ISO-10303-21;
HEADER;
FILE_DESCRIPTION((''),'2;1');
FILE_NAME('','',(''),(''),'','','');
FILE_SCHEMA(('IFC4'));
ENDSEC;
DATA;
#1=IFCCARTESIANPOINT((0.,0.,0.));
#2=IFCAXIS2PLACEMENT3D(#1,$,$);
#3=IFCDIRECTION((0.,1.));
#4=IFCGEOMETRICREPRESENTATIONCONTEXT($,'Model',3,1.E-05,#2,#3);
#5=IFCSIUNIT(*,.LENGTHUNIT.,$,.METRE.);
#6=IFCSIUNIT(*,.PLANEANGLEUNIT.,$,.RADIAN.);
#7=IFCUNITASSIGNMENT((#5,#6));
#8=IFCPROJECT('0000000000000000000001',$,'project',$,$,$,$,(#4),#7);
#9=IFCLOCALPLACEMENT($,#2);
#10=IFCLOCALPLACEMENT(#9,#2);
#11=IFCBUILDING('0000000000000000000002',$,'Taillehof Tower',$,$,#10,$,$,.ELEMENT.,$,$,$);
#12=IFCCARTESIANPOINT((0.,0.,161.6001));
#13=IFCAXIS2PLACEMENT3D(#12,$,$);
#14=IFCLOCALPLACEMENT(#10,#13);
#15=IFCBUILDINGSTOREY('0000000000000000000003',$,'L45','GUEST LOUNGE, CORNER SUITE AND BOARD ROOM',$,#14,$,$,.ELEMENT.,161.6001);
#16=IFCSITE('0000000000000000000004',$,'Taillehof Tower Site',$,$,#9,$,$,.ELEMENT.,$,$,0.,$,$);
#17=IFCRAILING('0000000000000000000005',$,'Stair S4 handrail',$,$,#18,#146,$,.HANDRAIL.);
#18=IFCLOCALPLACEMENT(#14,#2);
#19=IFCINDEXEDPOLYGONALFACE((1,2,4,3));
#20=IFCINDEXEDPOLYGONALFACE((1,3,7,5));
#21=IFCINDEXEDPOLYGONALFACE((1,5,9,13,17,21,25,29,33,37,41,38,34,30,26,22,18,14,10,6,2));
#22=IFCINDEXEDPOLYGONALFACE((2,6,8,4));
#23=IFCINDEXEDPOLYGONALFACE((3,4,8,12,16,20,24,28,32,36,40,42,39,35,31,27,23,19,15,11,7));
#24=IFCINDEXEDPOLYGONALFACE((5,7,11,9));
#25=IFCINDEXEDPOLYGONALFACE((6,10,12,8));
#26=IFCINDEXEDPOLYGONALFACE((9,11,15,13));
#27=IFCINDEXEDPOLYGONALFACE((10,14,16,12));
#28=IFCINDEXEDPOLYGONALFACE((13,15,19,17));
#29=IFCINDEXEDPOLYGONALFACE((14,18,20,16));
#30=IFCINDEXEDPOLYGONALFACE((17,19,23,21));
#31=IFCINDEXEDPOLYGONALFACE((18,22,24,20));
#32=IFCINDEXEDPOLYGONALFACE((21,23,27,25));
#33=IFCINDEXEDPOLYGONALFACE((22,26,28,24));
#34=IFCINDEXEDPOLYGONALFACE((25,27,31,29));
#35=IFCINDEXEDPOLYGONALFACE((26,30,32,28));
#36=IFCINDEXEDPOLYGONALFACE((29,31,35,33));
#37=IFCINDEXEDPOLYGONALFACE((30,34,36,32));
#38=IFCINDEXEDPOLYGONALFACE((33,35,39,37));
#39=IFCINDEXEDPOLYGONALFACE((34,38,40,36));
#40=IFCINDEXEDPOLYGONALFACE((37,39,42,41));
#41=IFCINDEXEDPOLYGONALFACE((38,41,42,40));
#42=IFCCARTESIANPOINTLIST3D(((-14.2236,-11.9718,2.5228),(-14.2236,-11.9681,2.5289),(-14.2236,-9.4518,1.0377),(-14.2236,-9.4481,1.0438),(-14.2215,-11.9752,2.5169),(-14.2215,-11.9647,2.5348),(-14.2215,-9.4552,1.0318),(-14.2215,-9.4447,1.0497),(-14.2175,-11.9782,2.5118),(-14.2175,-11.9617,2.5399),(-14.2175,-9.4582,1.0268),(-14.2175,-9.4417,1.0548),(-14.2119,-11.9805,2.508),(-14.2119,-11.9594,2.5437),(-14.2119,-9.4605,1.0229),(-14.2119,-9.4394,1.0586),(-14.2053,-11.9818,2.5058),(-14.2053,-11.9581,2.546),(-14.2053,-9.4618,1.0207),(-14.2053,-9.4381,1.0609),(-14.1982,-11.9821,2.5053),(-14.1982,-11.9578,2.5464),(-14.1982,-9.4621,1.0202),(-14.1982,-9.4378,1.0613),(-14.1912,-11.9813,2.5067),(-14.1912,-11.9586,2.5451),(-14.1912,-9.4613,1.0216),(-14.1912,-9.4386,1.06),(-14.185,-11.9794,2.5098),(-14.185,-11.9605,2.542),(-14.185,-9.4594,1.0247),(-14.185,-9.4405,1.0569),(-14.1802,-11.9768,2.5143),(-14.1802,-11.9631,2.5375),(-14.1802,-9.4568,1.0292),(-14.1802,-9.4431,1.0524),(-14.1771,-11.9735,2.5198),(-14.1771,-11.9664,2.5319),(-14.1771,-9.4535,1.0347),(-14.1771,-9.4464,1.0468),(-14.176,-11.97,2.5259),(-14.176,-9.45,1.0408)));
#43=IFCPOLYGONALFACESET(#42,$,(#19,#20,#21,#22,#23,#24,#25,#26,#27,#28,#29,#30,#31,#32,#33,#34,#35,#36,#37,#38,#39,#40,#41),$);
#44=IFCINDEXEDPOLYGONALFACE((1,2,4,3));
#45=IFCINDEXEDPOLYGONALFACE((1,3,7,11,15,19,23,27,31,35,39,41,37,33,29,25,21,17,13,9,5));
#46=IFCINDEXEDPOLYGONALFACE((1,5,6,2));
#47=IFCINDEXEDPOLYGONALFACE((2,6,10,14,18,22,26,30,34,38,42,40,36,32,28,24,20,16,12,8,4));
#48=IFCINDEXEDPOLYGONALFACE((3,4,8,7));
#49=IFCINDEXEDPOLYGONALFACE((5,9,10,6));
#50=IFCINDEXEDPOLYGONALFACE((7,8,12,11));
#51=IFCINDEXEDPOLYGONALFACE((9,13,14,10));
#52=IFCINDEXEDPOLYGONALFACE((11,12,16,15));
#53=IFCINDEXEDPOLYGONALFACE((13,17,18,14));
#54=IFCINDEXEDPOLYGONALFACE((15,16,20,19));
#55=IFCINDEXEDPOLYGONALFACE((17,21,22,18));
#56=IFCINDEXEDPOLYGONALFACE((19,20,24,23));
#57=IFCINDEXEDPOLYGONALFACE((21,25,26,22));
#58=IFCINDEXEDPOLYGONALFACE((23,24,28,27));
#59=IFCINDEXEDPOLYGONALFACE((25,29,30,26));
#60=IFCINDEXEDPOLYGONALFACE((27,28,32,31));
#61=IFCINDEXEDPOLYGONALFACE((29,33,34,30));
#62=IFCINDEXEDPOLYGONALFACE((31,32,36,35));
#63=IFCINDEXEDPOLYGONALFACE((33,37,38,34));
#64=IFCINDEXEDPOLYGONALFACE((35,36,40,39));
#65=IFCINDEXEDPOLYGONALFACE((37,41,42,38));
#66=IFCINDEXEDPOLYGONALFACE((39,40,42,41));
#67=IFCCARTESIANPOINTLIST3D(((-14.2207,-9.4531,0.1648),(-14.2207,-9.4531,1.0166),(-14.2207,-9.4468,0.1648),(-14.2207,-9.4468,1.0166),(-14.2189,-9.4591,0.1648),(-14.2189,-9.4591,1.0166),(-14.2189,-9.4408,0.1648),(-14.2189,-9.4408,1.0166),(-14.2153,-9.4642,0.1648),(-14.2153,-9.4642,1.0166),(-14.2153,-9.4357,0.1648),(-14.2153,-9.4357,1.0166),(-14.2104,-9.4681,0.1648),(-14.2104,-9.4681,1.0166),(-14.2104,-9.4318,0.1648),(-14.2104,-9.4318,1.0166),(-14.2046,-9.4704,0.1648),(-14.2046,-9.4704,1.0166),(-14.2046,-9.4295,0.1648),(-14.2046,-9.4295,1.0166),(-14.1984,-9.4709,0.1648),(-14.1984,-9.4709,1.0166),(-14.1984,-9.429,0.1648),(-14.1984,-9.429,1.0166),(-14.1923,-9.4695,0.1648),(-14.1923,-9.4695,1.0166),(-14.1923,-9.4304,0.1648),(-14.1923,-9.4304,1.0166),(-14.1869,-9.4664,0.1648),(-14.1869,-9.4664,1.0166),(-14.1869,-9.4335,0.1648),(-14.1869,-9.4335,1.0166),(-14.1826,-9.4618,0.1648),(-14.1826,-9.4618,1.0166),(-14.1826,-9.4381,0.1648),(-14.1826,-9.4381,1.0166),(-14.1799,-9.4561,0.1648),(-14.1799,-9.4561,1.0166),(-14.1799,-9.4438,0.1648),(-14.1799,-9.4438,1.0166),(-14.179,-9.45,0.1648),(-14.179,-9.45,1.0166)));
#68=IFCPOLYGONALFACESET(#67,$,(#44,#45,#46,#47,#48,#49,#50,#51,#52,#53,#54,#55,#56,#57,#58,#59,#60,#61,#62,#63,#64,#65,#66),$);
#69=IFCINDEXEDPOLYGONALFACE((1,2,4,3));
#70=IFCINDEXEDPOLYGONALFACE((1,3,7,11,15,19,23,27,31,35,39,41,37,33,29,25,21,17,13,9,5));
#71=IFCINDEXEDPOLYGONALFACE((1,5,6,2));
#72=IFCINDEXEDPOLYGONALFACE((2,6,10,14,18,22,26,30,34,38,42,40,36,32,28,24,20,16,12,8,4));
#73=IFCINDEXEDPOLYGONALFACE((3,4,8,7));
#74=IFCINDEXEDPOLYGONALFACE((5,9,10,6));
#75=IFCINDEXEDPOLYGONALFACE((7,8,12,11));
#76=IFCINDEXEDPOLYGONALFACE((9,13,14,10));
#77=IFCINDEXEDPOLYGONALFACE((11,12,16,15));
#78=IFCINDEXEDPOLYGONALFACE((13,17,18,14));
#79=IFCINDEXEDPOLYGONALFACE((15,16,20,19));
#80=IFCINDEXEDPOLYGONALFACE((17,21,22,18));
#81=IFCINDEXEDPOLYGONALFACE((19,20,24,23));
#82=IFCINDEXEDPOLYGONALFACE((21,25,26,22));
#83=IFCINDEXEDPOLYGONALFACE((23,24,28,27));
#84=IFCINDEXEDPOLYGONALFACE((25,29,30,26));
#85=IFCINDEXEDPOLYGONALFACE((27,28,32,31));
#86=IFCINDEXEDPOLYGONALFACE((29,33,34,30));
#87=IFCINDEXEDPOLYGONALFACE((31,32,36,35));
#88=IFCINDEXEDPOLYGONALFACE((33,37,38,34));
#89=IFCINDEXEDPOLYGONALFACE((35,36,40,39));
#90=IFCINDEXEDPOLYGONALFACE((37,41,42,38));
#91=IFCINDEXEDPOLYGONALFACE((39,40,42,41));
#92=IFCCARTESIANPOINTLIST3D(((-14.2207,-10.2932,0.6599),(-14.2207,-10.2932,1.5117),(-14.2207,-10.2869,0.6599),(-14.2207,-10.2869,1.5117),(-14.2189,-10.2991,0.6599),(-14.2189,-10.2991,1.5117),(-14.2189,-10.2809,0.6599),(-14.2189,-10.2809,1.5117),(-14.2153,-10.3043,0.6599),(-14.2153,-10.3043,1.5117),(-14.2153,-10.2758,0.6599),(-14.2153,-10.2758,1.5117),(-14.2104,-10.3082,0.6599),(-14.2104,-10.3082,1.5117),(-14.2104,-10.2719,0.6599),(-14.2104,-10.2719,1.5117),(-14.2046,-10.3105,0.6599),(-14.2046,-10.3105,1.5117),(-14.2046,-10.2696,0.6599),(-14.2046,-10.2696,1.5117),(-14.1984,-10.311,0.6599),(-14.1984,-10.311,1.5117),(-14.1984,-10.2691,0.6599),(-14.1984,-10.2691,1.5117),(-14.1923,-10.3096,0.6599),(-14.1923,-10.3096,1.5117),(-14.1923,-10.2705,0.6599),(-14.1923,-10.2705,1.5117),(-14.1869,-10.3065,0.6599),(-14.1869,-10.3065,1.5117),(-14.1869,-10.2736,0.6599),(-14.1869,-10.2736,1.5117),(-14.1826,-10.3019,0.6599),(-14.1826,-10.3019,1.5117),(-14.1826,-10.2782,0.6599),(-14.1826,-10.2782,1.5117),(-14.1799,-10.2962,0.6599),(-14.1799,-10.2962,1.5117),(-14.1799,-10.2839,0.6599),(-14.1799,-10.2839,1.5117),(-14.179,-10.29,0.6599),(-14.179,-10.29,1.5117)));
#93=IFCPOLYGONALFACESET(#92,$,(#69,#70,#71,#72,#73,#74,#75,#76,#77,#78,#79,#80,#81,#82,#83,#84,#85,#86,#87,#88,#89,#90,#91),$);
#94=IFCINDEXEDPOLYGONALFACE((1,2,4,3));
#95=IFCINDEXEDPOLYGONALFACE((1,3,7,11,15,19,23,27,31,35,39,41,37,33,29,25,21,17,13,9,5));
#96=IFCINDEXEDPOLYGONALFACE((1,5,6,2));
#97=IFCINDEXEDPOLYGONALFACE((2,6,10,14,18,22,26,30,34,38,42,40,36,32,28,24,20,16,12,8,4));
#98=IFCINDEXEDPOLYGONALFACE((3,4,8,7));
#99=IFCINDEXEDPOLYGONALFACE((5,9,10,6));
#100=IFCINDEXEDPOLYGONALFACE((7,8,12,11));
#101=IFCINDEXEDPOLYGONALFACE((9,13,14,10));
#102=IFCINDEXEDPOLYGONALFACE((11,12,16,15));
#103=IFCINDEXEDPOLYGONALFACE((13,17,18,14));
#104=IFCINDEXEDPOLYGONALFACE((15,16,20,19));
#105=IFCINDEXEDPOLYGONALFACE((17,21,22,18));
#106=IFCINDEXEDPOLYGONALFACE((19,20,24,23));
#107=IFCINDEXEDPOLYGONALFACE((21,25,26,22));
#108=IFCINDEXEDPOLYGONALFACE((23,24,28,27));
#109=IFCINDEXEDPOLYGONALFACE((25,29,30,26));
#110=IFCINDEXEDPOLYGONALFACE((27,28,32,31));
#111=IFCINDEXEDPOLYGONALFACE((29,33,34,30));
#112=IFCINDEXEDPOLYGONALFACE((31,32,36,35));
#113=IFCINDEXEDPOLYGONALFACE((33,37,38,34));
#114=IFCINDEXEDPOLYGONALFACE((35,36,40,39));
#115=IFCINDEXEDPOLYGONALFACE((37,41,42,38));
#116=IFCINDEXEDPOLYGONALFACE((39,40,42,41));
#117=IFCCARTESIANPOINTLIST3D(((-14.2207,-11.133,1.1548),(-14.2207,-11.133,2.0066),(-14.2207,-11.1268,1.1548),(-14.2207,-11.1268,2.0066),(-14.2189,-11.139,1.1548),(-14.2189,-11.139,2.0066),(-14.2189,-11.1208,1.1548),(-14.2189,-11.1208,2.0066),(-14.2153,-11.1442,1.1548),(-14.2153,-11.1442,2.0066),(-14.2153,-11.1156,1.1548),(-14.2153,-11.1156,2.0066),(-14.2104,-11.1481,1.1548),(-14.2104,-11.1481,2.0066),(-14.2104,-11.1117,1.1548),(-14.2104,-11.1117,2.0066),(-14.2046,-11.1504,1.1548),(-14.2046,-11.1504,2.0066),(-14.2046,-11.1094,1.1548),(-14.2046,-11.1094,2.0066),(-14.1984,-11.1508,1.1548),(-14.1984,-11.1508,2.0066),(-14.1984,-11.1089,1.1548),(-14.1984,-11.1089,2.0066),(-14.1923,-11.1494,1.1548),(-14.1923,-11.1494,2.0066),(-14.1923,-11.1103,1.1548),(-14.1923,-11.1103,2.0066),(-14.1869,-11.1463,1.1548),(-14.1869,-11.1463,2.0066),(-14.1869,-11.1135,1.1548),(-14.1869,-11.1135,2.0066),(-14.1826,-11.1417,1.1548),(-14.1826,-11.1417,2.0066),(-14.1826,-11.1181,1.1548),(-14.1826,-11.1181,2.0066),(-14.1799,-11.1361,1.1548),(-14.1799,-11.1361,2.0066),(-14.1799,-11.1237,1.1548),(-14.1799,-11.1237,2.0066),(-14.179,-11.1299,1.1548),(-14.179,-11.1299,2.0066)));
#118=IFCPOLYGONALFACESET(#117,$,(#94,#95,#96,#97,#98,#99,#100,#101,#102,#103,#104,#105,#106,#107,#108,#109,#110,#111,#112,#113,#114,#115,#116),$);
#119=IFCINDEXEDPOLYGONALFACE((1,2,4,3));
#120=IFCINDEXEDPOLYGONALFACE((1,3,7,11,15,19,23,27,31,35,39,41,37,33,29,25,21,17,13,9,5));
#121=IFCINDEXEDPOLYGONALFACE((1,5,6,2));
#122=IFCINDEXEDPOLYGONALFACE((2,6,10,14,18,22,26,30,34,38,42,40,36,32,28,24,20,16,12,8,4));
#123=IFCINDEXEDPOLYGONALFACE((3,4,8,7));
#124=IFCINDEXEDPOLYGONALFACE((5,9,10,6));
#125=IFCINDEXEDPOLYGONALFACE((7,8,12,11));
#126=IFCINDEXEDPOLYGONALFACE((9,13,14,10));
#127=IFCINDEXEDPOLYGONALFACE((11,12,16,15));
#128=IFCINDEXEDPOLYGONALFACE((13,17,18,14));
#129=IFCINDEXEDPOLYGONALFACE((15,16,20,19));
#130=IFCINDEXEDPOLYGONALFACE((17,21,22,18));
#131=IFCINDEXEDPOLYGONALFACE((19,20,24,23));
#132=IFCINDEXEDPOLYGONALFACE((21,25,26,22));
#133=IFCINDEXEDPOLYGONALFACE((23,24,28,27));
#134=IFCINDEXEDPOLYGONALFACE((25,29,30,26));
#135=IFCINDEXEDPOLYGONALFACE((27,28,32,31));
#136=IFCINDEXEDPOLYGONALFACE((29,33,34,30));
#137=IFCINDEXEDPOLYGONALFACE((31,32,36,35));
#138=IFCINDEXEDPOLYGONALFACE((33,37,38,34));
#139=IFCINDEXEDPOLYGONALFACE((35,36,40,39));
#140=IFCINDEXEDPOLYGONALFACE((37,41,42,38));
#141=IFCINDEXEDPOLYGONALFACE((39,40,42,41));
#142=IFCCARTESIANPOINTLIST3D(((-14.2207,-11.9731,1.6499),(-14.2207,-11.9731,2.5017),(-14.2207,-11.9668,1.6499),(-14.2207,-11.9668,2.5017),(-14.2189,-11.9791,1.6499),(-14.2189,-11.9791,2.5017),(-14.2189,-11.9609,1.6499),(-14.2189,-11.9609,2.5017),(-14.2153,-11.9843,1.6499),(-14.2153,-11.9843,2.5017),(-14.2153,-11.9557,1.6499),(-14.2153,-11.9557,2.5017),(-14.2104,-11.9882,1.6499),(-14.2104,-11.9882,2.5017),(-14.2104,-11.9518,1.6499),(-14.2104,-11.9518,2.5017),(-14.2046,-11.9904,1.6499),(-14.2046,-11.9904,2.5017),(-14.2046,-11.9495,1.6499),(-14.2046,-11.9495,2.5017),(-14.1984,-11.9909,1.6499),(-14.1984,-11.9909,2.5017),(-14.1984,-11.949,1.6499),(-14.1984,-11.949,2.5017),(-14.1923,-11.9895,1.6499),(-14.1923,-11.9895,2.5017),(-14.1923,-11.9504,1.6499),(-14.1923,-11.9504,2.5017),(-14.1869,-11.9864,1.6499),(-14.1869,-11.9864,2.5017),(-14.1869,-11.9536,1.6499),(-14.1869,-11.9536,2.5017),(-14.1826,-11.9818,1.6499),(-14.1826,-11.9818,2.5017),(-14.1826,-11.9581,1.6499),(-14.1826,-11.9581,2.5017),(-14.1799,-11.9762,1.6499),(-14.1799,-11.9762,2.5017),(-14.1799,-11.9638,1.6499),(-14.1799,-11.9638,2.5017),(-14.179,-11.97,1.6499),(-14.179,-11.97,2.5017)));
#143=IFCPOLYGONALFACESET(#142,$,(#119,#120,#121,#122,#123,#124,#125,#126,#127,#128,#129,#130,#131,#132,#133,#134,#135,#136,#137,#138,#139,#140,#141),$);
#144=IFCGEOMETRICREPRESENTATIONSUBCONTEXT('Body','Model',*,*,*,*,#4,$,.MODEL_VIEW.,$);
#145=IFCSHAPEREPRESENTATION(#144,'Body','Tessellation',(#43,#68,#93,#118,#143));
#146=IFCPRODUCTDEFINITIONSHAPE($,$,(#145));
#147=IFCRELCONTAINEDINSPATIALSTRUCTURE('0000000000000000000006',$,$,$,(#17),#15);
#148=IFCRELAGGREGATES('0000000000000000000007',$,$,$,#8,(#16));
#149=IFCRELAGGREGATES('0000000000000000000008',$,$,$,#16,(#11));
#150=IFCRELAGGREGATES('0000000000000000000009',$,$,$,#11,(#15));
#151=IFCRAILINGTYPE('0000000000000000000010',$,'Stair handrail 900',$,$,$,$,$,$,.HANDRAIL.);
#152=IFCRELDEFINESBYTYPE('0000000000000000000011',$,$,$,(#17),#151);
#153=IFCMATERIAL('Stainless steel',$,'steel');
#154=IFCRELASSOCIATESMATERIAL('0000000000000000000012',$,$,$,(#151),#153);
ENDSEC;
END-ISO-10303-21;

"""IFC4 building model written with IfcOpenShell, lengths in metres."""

from ifc_helpers import new_model, si_unit, direction, frame, origin, origin_2d, place, context, subcontext, project, spatial, circle, extrude, material, type_object, element, save


model = new_model("IFC4")

# Units and contexts
model_context = context("Model", 3, precision=1e-05, world=origin(), true_north=direction((0.0, 1.0)))
body_context = subcontext(model_context, "Body", "Model", "MODEL_VIEW")
ifc_project = project(units=[si_unit("LENGTHUNIT", "METRE"), si_unit("PLANEANGLEUNIT", "RADIAN")], contexts=[model_context])

# Site, building, storey
site_placement = place(None, origin())
site = spatial("IfcSite", under=ifc_project, at=site_placement, Name="Taillehof Tower Site", CompositionType="ELEMENT", RefElevation=0.0)
building_placement = place(site_placement, origin())
building = spatial("IfcBuilding", under=site, at=building_placement, Name="Taillehof Tower", CompositionType="ELEMENT")
storey_placement = place(building_placement, frame((0.0, 0.0, 161.6001)))
storey = spatial("IfcBuildingStorey", under=building, at=storey_placement, Name="L45", Description="GUEST LOUNGE, CORNER SUITE AND BOARD ROOM", CompositionType="ELEMENT", Elevation=161.6001)

# Railing
ifc_material_1 = material(Name="Stainless steel", Category="steel")
railing_type = type_object("IfcRailingType", Name="Stair handrail 900", PredefinedType="HANDRAIL", material=ifc_material_1)
railing_placement = place(storey_placement, frame((-14.2, -9.45, 0.1648)))
element("IfcRailing", 1, at=railing_placement, inside=storey, type_object=railing_type, Name="Stair S4 handrail", PredefinedType="HANDRAIL", context=body_context, shape_type="SweptSolid", body=[
    extrude(circle(Radius=0.0239, at=origin_2d()), frame((0.0, 0.0, 0.876), z_axis=(0.0, -0.861524, 0.507717), x_axis=(1.0, 0.0, 0.0)), (0.0, 0.0, 1.0), 2.925),
    extrude(circle(Radius=0.021, at=origin_2d()), origin(), (0.0, 0.0, 1.0), 0.8518),
    extrude(circle(Radius=0.021, at=origin_2d()), frame((0.0, -0.8401, 0.4951)), (0.0, 0.0, 1.0), 0.8518),
    extrude(circle(Radius=0.021, at=origin_2d()), frame((0.0, -1.6799, 0.99)), (0.0, 0.0, 1.0), 0.8518),
    extrude(circle(Radius=0.021, at=origin_2d()), frame((0.0, -2.52, 1.4851)), (0.0, 0.0, 1.0), 0.8518),
])

save(model, "model.ifc")
